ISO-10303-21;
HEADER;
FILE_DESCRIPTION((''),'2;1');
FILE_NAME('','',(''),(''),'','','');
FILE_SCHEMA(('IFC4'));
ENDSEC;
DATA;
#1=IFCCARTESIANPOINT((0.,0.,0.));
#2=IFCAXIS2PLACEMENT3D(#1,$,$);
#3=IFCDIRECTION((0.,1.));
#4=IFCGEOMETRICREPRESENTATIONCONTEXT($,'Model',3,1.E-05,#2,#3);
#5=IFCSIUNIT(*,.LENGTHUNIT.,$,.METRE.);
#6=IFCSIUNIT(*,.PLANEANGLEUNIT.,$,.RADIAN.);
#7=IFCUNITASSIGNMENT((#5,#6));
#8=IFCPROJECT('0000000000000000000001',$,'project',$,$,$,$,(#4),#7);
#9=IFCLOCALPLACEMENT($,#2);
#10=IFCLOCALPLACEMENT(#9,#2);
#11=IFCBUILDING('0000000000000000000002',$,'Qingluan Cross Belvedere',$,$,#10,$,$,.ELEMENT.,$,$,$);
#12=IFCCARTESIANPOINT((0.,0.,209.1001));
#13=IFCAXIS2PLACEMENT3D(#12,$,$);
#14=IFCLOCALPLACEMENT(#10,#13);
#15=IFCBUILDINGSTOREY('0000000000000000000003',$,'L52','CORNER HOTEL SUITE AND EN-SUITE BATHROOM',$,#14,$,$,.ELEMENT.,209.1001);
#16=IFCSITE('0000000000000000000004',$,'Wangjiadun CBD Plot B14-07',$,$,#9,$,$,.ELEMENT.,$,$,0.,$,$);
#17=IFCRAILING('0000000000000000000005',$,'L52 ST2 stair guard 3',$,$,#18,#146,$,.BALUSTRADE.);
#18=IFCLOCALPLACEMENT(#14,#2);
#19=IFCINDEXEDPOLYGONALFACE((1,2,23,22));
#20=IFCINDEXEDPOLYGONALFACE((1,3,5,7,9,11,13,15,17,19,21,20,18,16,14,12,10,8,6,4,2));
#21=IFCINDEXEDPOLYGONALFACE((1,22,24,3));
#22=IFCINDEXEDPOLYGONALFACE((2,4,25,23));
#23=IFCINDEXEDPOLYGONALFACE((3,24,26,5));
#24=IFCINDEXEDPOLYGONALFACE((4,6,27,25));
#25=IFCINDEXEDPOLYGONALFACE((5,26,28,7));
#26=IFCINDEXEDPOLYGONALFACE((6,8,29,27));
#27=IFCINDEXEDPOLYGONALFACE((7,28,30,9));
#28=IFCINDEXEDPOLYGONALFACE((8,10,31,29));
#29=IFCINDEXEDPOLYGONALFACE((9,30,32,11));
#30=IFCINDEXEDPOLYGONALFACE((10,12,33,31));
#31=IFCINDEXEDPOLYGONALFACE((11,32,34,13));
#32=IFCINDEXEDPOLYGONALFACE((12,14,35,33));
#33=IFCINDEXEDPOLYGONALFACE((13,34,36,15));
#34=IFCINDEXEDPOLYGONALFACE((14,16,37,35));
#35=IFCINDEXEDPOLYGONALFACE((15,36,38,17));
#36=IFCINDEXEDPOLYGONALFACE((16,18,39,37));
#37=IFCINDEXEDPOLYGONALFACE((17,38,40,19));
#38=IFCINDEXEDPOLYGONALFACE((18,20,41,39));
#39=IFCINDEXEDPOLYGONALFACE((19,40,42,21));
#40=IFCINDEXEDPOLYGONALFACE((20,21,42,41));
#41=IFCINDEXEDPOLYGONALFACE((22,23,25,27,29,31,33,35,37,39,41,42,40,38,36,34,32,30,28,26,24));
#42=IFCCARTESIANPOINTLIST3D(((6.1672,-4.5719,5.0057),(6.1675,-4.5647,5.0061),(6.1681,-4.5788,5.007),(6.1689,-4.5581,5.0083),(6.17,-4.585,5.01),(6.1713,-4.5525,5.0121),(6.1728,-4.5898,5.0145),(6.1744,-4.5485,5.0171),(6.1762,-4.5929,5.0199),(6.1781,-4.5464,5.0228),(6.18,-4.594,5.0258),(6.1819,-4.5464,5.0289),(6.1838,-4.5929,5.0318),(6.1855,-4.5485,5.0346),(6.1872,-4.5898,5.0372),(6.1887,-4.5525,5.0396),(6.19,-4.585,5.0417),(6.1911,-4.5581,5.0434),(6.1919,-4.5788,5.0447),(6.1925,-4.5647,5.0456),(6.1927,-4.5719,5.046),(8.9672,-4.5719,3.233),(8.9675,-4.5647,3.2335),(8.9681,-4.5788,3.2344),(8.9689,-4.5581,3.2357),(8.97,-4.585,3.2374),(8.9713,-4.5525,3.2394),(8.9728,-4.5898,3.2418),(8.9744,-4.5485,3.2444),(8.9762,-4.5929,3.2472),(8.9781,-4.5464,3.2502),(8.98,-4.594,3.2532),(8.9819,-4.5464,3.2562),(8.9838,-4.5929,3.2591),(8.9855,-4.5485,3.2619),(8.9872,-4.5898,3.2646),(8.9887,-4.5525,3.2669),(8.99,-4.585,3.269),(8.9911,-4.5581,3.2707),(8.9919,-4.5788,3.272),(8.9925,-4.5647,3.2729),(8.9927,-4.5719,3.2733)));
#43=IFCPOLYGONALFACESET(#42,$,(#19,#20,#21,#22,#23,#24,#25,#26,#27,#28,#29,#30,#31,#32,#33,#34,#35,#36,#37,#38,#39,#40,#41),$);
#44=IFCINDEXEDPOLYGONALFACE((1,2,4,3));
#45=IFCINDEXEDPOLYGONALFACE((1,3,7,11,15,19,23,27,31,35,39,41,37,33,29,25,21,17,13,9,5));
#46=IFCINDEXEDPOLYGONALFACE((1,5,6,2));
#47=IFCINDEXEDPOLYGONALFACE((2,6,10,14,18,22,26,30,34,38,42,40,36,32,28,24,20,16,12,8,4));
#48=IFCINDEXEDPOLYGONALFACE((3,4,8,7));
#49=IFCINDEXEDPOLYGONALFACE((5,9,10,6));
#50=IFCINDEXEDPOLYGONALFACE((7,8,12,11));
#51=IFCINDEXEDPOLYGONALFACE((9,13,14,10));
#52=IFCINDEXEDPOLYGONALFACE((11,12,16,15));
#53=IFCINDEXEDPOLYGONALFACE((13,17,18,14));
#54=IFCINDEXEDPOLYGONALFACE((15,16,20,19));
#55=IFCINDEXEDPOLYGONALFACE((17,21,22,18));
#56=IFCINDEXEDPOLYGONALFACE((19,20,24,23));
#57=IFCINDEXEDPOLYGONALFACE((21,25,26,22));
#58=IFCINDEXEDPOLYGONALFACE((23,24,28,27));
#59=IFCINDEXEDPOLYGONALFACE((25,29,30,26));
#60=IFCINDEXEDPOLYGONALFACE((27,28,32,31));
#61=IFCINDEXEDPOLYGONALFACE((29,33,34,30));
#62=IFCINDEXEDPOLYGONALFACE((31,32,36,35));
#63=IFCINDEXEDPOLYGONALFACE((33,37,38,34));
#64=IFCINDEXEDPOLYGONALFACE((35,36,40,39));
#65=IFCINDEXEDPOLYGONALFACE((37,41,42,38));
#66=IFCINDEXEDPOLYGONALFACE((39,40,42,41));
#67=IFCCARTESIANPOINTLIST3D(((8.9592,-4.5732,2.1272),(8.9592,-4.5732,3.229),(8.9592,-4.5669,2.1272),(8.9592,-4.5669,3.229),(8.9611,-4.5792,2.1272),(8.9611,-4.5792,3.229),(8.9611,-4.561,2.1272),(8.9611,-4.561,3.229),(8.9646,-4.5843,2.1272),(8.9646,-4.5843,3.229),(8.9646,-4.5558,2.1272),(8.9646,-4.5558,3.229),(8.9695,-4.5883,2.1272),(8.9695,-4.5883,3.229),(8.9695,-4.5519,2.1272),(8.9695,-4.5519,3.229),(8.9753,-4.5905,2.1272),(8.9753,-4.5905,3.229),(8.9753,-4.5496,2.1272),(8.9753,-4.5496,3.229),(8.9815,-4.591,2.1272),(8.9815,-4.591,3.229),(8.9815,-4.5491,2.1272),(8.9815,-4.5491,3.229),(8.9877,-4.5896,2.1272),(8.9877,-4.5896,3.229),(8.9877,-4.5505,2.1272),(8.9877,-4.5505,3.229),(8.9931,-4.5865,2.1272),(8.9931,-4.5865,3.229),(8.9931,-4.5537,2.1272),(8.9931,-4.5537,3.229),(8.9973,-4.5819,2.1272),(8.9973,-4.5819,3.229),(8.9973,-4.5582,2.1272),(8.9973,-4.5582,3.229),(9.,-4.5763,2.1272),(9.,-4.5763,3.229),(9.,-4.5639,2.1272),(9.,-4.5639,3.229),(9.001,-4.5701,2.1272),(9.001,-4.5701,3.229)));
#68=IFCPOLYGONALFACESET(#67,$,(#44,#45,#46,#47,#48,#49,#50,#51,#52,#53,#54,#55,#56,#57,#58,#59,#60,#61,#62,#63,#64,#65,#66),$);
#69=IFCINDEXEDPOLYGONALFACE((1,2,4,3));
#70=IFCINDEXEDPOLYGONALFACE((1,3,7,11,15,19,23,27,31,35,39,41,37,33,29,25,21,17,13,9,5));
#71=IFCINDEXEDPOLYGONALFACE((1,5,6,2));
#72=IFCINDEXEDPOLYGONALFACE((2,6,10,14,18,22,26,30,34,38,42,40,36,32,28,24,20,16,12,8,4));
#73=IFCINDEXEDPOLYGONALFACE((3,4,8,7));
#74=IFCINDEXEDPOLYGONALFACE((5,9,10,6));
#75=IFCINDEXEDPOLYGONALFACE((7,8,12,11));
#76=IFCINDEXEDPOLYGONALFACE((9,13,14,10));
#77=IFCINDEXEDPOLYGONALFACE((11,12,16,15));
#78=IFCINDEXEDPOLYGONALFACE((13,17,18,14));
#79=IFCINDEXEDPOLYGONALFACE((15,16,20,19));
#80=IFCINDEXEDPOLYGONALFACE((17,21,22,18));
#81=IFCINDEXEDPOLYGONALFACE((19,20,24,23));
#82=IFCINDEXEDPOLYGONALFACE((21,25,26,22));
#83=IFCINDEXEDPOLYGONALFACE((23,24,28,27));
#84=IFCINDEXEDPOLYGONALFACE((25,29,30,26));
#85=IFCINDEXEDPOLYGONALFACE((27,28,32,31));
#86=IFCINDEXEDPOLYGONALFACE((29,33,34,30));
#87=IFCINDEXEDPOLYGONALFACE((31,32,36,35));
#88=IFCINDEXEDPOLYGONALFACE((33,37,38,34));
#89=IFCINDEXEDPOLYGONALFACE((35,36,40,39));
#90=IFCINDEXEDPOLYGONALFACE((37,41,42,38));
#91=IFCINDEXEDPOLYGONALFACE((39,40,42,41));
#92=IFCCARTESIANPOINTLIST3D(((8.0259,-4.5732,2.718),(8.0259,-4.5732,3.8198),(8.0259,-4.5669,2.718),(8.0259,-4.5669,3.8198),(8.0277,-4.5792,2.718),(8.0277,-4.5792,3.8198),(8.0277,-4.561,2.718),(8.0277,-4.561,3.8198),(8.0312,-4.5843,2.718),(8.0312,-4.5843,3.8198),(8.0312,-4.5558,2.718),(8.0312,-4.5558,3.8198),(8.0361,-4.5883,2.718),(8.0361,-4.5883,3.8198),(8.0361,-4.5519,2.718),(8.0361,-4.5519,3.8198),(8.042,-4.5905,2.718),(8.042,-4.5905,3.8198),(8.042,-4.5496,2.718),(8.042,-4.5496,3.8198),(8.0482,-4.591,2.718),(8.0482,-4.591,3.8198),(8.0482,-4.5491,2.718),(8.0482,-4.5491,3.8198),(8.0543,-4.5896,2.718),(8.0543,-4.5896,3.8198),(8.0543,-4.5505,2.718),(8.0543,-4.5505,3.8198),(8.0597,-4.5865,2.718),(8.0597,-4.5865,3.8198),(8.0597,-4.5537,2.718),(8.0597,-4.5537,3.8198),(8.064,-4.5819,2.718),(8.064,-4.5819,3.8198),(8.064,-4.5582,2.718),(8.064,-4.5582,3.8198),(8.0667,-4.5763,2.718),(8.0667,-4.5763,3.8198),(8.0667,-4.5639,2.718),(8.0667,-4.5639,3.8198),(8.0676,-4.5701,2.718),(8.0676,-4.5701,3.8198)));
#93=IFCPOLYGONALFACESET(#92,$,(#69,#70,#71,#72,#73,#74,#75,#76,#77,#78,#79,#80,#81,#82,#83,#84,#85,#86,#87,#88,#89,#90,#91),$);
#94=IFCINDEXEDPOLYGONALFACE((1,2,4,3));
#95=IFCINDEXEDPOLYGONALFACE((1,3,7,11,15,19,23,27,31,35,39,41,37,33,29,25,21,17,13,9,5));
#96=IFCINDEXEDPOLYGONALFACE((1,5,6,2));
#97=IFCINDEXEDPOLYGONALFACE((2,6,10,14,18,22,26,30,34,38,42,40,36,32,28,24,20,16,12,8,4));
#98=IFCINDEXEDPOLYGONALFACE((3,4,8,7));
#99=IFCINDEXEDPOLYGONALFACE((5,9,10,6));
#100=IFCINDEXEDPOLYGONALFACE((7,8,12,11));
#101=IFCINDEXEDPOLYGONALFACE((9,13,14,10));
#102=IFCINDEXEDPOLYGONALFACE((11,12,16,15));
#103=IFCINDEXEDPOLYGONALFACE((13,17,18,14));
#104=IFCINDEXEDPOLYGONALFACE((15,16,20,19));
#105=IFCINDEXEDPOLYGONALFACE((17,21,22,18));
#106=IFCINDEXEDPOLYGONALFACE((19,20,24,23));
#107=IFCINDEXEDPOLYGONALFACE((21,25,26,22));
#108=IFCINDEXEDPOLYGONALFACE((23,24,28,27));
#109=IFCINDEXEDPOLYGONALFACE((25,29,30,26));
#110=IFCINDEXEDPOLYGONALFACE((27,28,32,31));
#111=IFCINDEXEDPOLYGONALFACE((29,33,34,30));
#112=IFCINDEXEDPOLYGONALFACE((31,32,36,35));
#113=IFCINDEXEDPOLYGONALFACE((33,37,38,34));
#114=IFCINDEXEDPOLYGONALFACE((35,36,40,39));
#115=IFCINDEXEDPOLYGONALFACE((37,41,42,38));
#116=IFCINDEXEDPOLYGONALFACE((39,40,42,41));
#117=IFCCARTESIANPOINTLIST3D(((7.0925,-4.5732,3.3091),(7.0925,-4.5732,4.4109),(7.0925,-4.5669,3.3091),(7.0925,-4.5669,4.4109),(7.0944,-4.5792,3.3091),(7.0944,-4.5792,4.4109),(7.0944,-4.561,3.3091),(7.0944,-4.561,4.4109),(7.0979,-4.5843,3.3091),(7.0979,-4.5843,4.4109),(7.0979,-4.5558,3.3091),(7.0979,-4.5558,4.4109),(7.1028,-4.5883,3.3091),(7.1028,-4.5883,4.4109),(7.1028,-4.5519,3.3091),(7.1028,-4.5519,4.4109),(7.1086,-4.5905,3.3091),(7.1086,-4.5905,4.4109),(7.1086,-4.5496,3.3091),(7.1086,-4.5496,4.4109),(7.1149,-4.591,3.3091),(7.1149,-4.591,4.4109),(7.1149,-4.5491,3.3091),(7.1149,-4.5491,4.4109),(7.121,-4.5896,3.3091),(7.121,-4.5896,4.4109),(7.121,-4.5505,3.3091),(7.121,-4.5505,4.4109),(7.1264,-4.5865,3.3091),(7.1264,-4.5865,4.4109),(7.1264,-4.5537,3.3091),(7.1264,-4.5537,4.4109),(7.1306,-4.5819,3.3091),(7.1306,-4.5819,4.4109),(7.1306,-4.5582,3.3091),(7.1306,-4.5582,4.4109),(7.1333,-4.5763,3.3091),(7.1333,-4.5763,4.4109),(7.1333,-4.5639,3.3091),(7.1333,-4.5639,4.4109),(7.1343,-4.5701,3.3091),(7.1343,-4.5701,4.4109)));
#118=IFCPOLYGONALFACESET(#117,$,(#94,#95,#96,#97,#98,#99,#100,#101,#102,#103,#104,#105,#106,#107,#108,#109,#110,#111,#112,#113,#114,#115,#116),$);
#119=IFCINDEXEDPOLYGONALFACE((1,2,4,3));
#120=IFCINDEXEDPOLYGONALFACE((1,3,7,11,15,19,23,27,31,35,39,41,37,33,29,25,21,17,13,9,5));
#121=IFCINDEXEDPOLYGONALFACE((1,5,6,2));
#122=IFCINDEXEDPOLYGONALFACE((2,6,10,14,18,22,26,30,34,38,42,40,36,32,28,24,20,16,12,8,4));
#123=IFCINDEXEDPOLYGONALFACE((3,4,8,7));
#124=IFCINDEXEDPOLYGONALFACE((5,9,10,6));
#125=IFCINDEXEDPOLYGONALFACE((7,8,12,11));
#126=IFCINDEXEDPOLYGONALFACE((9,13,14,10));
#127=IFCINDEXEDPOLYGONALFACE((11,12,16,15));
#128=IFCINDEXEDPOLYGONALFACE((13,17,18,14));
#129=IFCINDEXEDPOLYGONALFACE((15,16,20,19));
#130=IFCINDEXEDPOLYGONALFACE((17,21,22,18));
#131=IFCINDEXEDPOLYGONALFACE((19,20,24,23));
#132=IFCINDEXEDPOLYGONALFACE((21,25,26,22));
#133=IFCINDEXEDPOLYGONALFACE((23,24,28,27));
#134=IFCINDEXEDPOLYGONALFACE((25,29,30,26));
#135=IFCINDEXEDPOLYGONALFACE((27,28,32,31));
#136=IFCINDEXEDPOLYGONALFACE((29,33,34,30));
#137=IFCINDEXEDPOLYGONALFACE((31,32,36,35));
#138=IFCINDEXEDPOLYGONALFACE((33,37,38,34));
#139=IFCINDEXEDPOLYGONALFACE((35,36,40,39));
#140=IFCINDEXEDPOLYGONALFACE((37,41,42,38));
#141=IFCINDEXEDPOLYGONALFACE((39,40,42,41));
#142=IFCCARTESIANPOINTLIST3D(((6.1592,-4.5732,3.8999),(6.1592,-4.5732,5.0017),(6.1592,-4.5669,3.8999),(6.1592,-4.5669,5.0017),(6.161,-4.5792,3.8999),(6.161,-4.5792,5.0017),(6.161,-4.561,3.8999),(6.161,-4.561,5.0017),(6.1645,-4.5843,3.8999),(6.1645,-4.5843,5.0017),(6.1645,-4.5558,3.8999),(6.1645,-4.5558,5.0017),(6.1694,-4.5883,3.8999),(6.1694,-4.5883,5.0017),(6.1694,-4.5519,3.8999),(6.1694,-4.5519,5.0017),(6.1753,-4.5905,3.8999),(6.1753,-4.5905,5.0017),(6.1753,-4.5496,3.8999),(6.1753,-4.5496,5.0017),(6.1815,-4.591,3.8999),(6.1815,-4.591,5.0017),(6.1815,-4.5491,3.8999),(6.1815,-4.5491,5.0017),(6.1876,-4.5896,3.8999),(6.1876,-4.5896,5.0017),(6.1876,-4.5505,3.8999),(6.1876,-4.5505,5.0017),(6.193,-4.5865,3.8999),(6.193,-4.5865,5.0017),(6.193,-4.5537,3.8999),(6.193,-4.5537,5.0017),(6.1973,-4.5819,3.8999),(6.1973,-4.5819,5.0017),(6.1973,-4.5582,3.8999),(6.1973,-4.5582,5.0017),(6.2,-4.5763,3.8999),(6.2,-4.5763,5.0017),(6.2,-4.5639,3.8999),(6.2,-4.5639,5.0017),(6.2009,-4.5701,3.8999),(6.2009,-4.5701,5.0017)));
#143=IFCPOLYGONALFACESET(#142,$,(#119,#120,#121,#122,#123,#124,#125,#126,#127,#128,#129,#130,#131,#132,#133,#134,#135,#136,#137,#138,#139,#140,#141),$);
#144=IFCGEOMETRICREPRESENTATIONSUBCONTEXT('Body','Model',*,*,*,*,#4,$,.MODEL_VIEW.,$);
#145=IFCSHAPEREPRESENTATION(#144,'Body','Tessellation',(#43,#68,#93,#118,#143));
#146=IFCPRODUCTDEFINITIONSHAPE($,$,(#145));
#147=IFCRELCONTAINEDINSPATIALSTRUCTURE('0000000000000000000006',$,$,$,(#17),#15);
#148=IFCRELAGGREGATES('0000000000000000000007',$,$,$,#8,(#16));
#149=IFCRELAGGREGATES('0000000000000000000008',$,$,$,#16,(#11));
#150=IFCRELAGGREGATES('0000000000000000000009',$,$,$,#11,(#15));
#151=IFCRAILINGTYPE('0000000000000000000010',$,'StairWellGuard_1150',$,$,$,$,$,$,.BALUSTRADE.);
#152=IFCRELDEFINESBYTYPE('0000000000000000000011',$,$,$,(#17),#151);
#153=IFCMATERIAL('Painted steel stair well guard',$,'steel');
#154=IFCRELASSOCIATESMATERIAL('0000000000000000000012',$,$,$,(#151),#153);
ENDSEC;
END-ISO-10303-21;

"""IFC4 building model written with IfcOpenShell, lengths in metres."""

from ifc_helpers import new_model, si_unit, direction, frame, origin, origin_2d, place, context, subcontext, project, spatial, circle, extrude, material, type_object, element, save


model = new_model("IFC4")

# Units and contexts
model_context = context("Model", 3, precision=1e-05, world=origin(), true_north=direction((0.0, 1.0)))
body_context = subcontext(model_context, "Body", "Model", "MODEL_VIEW")
ifc_project = project(units=[si_unit("LENGTHUNIT", "METRE"), si_unit("PLANEANGLEUNIT", "RADIAN")], contexts=[model_context])

# Site, building, storey
site_placement = place(None, origin())
site = spatial("IfcSite", under=ifc_project, at=site_placement, Name="Wangjiadun CBD Plot B14-07", CompositionType="ELEMENT", RefElevation=0.0)
building_placement = place(site_placement, origin())
building = spatial("IfcBuilding", under=site, at=building_placement, Name="Qingluan Cross Belvedere", CompositionType="ELEMENT")
storey_placement = place(building_placement, frame((0.0, 0.0, 209.1001)))
storey = spatial("IfcBuildingStorey", under=building, at=storey_placement, Name="L52", Description="CORNER HOTEL SUITE AND EN-SUITE BATHROOM", CompositionType="ELEMENT", Elevation=209.1001)

# Railing
ifc_material_1 = material(Name="Painted steel stair well guard", Category="steel")
railing_type_1 = type_object("IfcRailingType", Name="StairWellGuard_1150", PredefinedType="BALUSTRADE", material=ifc_material_1)
railing_1_placement = place(storey_placement, frame((8.98, -4.5701, 2.1272)))
element("IfcRailing", 1, at=railing_1_placement, inside=storey, type_object=railing_type_1, Name="L52 ST2 stair guard 3", PredefinedType="BALUSTRADE", context=body_context, shape_type="SweptSolid", body=[
    extrude(circle(Radius=0.0239, at=origin_2d()), frame((0.0, 0.0, 1.126), z_axis=(-0.844909, 0.0, 0.53491), x_axis=(0.0, -1.0, 0.0)), (0.0, 0.0, 1.0), 3.314),
    extrude(circle(Radius=0.021, at=origin_2d()), origin(), (0.0, 0.0, 1.0), 1.1018),
    extrude(circle(Radius=0.021, at=origin_2d()), frame((-0.9333, 0.0, 0.5908)), (0.0, 0.0, 1.0), 1.1018),
    extrude(circle(Radius=0.021, at=origin_2d()), frame((-1.8667, 0.0, 1.1819)), (0.0, 0.0, 1.0), 1.1018),
    extrude(circle(Radius=0.021, at=origin_2d()), frame((-2.8, 0.0, 1.7727)), (0.0, 0.0, 1.0), 1.1018),
])

save(model, "model.ifc")
